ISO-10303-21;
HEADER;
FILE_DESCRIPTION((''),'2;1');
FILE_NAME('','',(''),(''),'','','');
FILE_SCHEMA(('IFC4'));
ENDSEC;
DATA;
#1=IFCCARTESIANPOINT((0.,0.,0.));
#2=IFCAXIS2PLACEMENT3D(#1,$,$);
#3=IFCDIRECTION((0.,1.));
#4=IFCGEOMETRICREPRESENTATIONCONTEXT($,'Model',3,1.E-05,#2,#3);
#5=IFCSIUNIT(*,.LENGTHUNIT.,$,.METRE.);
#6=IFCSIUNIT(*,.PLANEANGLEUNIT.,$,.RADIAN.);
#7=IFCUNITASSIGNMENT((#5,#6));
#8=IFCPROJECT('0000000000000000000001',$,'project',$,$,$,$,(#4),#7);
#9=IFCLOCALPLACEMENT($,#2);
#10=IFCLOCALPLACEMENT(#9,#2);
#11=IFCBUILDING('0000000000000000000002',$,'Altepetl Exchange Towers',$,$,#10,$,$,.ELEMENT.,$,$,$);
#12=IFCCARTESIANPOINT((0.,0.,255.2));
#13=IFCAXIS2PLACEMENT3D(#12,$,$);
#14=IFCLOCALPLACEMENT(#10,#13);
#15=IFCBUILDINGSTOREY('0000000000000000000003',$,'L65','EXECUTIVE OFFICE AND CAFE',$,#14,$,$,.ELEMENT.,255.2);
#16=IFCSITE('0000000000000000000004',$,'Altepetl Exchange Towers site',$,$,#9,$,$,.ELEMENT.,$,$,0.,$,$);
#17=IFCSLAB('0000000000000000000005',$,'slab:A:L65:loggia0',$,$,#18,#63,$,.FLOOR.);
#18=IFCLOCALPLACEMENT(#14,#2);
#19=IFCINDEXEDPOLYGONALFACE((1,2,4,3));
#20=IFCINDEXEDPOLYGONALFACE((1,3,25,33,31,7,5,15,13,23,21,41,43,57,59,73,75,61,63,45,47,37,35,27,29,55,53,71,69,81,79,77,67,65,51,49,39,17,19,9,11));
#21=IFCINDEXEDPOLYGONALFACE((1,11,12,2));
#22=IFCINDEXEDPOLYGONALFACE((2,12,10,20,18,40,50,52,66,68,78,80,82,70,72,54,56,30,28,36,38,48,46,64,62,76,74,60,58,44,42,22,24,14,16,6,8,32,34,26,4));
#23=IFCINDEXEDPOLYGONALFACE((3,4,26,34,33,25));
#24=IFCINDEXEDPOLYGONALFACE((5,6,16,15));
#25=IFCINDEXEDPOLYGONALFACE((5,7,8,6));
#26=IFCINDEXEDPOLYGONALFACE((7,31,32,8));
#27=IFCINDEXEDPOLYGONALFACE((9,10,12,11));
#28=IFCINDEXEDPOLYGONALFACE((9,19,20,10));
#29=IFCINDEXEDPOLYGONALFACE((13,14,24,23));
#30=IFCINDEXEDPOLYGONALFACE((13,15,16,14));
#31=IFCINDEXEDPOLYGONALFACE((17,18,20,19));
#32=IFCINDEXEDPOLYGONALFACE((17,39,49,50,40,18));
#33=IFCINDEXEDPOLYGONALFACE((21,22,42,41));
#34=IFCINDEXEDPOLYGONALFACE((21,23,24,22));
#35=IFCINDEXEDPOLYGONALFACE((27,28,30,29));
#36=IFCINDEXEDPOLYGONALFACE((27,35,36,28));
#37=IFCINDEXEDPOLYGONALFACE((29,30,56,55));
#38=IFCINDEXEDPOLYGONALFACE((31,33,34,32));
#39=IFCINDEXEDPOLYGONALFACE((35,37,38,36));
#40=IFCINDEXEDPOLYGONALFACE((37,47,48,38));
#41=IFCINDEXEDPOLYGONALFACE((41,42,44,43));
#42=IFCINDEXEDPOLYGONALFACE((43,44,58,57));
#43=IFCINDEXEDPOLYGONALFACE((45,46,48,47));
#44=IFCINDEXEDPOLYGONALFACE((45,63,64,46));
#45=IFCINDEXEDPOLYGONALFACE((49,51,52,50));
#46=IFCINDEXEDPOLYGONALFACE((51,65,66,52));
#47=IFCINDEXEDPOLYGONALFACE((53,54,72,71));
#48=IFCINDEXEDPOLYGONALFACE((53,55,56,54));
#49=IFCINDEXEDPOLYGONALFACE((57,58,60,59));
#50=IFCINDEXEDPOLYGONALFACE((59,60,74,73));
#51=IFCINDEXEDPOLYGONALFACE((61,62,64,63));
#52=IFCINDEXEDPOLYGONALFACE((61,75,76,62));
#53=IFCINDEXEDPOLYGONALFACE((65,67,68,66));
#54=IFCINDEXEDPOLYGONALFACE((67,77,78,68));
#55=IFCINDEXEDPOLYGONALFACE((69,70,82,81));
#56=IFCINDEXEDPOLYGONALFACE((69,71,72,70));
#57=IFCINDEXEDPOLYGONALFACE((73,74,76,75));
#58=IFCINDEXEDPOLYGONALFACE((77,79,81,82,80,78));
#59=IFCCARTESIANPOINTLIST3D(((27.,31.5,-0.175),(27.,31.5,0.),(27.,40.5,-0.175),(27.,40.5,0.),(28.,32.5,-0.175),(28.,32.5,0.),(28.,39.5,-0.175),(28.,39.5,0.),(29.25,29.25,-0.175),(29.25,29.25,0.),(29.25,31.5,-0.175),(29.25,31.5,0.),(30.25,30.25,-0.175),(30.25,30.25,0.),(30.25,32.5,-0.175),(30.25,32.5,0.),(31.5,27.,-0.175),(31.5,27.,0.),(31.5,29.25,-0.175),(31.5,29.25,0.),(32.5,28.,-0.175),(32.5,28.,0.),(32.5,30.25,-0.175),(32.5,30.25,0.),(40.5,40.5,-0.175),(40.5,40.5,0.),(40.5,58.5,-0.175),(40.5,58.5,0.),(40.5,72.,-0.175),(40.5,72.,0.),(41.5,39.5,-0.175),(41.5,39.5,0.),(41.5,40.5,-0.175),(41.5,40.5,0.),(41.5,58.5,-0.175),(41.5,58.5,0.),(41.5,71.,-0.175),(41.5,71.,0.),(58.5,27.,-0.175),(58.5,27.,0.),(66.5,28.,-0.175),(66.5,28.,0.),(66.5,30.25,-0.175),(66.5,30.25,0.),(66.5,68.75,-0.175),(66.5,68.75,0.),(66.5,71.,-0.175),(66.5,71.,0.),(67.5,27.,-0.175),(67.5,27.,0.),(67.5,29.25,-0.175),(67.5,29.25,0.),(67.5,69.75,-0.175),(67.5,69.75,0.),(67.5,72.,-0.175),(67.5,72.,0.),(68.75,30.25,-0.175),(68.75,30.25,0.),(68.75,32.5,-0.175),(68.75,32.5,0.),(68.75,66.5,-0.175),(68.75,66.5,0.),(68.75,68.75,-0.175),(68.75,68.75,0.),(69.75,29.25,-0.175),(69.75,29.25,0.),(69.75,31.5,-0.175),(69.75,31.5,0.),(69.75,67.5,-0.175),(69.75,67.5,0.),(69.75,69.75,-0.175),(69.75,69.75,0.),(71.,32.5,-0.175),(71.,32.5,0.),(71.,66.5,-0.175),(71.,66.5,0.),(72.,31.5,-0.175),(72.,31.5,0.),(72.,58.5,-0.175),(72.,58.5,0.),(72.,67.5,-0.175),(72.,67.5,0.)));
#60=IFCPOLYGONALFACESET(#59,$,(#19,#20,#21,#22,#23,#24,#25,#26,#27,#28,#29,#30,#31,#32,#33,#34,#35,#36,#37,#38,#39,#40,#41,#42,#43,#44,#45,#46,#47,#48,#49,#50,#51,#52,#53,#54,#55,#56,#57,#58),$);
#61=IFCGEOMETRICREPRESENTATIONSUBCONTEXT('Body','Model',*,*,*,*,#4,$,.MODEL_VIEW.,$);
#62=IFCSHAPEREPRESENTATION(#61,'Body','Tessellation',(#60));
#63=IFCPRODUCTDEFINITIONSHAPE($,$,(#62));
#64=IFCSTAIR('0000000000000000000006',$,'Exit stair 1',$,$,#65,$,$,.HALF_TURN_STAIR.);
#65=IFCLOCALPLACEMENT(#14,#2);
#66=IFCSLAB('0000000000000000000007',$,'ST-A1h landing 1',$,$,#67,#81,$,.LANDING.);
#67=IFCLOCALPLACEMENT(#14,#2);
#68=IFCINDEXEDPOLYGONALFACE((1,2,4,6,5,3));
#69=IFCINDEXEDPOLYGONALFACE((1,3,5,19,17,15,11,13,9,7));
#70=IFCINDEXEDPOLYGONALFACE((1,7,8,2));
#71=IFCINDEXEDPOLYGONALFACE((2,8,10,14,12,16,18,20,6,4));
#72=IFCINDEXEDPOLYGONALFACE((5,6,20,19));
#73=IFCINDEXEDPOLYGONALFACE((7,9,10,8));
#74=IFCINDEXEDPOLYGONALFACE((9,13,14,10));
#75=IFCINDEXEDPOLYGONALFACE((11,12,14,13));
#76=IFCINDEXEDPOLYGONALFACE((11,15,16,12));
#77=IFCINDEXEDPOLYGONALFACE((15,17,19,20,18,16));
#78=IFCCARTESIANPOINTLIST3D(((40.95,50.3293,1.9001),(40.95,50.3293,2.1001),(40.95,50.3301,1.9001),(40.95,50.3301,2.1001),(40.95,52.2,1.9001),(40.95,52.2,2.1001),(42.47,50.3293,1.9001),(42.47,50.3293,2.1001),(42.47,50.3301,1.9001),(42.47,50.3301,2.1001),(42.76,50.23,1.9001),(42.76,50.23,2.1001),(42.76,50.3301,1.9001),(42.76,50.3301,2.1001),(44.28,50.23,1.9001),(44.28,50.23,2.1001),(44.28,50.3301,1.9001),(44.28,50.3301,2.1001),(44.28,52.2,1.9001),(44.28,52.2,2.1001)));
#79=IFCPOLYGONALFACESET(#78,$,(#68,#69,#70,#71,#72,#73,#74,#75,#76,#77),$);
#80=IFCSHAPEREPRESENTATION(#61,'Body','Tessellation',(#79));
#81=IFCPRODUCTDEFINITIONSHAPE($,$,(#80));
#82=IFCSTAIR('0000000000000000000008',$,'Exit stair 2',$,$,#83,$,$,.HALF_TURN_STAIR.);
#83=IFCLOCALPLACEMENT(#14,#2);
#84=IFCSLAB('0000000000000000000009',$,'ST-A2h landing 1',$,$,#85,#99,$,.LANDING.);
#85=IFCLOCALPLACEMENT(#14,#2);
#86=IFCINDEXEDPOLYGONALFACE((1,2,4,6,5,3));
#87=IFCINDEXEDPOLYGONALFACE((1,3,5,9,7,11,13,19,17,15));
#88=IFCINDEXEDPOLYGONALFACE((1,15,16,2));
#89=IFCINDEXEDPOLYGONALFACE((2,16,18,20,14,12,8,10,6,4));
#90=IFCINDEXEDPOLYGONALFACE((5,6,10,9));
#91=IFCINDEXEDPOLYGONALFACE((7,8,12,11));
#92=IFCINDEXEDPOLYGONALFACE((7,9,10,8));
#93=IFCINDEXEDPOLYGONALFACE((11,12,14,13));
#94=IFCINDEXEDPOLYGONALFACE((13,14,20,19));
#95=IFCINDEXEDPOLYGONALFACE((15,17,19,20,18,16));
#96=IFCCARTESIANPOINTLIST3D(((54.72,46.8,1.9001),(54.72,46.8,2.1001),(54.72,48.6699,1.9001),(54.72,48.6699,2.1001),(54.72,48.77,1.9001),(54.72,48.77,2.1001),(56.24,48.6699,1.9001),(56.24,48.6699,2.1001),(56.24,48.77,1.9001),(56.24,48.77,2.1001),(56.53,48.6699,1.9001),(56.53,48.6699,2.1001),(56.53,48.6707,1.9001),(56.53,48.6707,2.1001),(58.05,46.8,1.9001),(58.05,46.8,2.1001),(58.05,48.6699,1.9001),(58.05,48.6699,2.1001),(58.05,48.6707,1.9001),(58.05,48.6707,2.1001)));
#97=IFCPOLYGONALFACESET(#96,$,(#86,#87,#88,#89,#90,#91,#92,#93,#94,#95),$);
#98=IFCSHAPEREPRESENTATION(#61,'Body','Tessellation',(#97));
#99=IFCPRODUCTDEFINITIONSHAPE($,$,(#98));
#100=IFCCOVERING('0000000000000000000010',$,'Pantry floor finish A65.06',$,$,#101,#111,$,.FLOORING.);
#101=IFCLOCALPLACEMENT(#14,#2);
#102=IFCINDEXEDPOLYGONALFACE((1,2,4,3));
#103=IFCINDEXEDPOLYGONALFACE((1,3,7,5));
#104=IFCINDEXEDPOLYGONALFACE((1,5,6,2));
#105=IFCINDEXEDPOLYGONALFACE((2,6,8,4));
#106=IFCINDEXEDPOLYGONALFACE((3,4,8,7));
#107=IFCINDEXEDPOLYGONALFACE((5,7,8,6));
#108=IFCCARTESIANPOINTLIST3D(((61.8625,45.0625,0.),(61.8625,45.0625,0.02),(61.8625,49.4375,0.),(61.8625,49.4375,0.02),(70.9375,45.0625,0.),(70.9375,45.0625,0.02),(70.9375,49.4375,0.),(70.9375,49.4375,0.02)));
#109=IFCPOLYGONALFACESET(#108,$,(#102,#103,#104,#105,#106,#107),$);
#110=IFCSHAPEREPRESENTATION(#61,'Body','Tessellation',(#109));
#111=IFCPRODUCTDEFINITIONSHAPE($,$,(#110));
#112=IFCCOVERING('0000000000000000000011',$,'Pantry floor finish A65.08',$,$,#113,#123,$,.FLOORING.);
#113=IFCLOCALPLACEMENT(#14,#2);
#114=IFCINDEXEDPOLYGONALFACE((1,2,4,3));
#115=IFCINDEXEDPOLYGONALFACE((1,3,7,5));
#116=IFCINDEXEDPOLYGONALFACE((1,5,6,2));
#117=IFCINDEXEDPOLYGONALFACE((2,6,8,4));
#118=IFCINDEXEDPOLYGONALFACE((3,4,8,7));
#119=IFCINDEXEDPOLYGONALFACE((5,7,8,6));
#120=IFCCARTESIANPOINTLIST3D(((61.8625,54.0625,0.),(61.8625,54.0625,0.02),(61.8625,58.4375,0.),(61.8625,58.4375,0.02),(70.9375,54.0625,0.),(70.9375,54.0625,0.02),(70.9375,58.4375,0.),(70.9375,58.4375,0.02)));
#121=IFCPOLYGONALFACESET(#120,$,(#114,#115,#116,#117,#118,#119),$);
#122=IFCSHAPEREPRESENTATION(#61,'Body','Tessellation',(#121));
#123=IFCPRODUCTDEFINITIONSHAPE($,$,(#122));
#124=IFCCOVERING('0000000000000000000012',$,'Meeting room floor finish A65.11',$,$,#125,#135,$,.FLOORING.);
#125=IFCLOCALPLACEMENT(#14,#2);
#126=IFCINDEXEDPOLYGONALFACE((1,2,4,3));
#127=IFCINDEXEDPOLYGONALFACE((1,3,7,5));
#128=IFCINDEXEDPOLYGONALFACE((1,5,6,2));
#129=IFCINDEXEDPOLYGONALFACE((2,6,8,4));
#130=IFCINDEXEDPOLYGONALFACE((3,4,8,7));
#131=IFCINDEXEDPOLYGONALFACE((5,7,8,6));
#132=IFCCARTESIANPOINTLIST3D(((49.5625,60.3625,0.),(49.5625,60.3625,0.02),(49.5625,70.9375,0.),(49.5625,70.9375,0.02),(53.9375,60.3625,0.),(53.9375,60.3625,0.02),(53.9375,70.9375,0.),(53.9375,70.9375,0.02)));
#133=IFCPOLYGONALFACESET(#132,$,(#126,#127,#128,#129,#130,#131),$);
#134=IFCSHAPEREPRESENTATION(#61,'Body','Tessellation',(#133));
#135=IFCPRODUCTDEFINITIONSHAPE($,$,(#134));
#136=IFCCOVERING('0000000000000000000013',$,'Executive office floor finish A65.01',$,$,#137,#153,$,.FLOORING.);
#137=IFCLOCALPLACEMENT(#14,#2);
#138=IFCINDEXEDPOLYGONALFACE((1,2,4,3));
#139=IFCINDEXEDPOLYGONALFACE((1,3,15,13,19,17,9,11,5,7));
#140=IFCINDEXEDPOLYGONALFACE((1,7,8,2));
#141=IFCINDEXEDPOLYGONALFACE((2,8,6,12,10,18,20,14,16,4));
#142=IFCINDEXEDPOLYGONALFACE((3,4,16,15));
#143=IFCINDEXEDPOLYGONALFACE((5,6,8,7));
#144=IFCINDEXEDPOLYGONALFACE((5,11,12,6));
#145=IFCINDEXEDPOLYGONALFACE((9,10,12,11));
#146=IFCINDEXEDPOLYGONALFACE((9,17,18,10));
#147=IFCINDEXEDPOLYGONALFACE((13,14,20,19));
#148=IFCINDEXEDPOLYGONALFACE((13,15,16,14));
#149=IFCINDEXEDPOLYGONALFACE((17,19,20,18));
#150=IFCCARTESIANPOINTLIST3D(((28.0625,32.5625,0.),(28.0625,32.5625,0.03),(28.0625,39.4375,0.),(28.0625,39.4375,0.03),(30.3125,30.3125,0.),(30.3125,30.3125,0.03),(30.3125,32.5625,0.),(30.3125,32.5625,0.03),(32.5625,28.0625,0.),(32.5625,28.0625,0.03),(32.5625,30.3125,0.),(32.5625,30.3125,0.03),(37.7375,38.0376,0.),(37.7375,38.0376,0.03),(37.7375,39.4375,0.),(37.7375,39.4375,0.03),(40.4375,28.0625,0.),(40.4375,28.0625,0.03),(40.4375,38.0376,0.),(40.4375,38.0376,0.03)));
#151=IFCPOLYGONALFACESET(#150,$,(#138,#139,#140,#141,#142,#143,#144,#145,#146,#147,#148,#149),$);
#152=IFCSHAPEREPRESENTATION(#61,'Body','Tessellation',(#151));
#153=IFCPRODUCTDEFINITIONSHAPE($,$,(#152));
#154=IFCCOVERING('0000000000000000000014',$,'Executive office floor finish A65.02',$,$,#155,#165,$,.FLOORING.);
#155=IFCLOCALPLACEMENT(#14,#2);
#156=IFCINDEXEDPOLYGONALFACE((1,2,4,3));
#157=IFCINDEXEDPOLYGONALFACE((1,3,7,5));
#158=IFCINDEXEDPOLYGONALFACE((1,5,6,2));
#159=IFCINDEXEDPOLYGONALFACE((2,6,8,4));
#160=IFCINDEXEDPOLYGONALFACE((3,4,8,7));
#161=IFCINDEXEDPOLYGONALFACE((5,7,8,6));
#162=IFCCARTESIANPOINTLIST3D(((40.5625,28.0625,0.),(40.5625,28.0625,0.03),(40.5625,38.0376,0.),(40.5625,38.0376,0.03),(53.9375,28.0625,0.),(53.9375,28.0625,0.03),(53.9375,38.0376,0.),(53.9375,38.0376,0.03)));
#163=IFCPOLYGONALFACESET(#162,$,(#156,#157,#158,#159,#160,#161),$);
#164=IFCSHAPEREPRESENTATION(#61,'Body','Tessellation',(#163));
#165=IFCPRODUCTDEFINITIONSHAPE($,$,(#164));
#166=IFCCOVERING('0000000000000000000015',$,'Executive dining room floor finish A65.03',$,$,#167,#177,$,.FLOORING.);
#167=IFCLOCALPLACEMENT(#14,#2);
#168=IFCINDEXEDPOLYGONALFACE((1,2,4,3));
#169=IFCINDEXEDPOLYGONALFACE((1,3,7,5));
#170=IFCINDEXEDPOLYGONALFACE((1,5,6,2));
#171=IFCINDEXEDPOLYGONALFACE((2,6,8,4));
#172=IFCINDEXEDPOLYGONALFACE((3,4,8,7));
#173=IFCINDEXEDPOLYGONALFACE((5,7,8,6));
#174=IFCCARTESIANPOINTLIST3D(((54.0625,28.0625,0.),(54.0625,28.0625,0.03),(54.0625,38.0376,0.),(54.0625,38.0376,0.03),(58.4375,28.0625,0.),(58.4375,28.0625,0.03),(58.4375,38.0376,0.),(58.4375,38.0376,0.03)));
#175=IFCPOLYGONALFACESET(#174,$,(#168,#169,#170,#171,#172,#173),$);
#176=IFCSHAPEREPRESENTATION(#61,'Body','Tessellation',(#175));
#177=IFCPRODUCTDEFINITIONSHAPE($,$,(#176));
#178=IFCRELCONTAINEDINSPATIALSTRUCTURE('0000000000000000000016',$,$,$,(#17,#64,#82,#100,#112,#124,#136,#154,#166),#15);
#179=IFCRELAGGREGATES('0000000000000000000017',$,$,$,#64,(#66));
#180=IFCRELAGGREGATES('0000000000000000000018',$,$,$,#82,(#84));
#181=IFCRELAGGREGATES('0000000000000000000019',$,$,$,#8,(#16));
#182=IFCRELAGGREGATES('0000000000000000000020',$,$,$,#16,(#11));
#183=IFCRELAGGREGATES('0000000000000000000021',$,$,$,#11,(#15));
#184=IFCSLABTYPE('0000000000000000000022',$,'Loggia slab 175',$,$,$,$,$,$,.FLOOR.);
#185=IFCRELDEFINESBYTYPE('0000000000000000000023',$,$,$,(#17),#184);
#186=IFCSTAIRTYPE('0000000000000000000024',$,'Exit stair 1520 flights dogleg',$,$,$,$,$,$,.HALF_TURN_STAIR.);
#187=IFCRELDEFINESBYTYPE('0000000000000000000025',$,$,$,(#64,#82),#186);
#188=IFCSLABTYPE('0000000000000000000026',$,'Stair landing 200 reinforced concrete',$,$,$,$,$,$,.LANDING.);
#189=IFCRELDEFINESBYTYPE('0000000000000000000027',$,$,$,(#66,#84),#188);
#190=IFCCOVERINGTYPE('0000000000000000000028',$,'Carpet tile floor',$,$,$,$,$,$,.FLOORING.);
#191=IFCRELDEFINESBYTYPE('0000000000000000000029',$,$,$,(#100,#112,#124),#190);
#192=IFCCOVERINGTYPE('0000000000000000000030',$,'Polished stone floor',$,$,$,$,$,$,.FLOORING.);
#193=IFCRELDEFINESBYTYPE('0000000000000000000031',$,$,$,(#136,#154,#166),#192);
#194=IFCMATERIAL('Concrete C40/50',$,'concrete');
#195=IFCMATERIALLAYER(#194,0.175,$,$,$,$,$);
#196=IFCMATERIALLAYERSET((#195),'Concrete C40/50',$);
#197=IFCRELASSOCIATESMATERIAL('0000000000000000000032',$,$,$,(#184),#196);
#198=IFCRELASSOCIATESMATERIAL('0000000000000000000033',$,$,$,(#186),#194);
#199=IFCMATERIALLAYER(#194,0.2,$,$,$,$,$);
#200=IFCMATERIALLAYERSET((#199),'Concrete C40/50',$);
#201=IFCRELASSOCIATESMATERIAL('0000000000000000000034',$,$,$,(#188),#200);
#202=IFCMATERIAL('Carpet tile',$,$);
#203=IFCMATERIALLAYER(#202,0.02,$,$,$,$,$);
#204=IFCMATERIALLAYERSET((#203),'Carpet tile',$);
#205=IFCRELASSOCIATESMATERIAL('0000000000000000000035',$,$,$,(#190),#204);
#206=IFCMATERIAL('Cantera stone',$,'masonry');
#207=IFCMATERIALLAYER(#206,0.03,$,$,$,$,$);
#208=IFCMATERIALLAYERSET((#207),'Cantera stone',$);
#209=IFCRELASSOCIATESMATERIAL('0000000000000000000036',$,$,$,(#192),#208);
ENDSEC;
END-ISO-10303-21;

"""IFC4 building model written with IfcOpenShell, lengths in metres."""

from ifc_helpers import new_model, si_unit, direction, frame, origin, place, context, subcontext, project, spatial, polyline, outline, extrude, material, layer, layer_set, type_object, element, aggregate, save


model = new_model("IFC4")

# Units and contexts
model_context = context("Model", 3, precision=1e-05, world=origin(), true_north=direction((0.0, 1.0)))
body_context = subcontext(model_context, "Body", "Model", "MODEL_VIEW")
ifc_project = project(units=[si_unit("LENGTHUNIT", "METRE"), si_unit("PLANEANGLEUNIT", "RADIAN")], contexts=[model_context])

# Site, building, storey
site_placement = place(None, origin())
site = spatial("IfcSite", under=ifc_project, at=site_placement, Name="Altepetl Exchange Towers site", CompositionType="ELEMENT", RefElevation=0.0)
building_placement = place(site_placement, origin())
building = spatial("IfcBuilding", under=site, at=building_placement, Name="Altepetl Exchange Towers", CompositionType="ELEMENT")
storey_placement = place(building_placement, frame((0.0, 0.0, 255.2)))
storey = spatial("IfcBuildingStorey", under=building, at=storey_placement, Name="L65", Description="EXECUTIVE OFFICE AND CAFE", CompositionType="ELEMENT", Elevation=255.2)

# Shared definitions
ifc_material_1 = material(Name="Concrete C40/50", Category="concrete")

# Slab
ifc_layer_1 = layer(ifc_material_1, 0.175)
ifc_layer_set_1 = layer_set([ifc_layer_1], Name="Concrete C40/50")
slab_type_1 = type_object("IfcSlabType", Name="Loggia slab 175", PredefinedType="FLOOR", material=ifc_layer_set_1)
slab_1_placement = place(storey_placement, frame((0.0, 0.0, -0.175)))
element("IfcSlab", 1, at=slab_1_placement, inside=storey, type_object=slab_type_1, Name="slab:A:L65:loggia0", PredefinedType="FLOOR", context=body_context, shape_type="SweptSolid", body=[
    extrude(outline(polyline([(40.5, 72.0), (40.5, 58.5), (41.5, 58.5), (41.5, 71.0), (66.5, 71.0), (66.5, 68.75), (68.75, 68.75), (68.75, 66.5), (71.0, 66.5), (71.0, 32.5), (68.75, 32.5), (68.75, 30.25), (66.5, 30.25), (66.5, 28.0), (32.5, 28.0), (32.5, 30.25), (30.25, 30.25), (30.25, 32.5), (28.0, 32.5), (28.0, 39.5), (41.5, 39.5), (41.5, 40.5), (40.5, 40.5), (27.0, 40.5), (27.0, 31.5), (29.25, 31.5), (29.25, 29.25), (31.5, 29.25), (31.5, 27.0), (58.5, 27.0), (67.5, 27.0), (67.5, 29.25), (69.75, 29.25), (69.75, 31.5), (72.0, 31.5), (72.0, 58.5), (72.0, 67.5), (69.75, 67.5), (69.75, 69.75), (67.5, 69.75), (67.5, 72.0), (40.5, 72.0)])), origin(), (0.0, 0.0, 1.0), 0.175),
])

# Stairs, slabs
stair_type = type_object("IfcStairType", Name="Exit stair 1520 flights dogleg", PredefinedType="HALF_TURN_STAIR", material=ifc_material_1)
stair_1_placement = place(storey_placement, origin())
stair_1 = element("IfcStair", 2, at=stair_1_placement, inside=storey, type_object=stair_type, Name="Exit stair 1", PredefinedType="HALF_TURN_STAIR")
ifc_layer_2 = layer(ifc_material_1, 0.2)
ifc_layer_set_2 = layer_set([ifc_layer_2], Name="Concrete C40/50")
slab_type_2 = type_object("IfcSlabType", Name="Stair landing 200 reinforced concrete", PredefinedType="LANDING", material=ifc_layer_set_2)
slab_2_placement = place(storey_placement, frame((0.0, 0.0, 1.9001)))
slab_2 = element("IfcSlab", 3, at=slab_2_placement, type_object=slab_type_2, Name="ST-A1h landing 1", PredefinedType="LANDING", context=body_context, shape_type="SweptSolid", body=[
    extrude(outline(polyline([(44.28, 50.23), (42.76, 50.23), (42.76, 50.3301), (42.47, 50.3301), (42.47, 50.3293), (40.95, 50.3293), (40.95, 50.3301), (40.95, 52.2), (44.28, 52.2), (44.28, 50.3301), (44.28, 50.23)])), origin(), (0.0, 0.0, 1.0), 0.2),
])
aggregate(stair_1, [slab_2])
stair_2_placement = place(storey_placement, origin())
stair_2 = element("IfcStair", 4, at=stair_2_placement, inside=storey, type_object=stair_type, Name="Exit stair 2", PredefinedType="HALF_TURN_STAIR")
slab_3_placement = place(storey_placement, frame((0.0, 0.0, 1.9001)))
slab_3 = element("IfcSlab", 5, at=slab_3_placement, type_object=slab_type_2, Name="ST-A2h landing 1", PredefinedType="LANDING", context=body_context, shape_type="SweptSolid", body=[
    extrude(outline(polyline([(58.05, 46.8), (54.72, 46.8), (54.72, 48.6699), (54.72, 48.77), (56.24, 48.77), (56.24, 48.6699), (56.53, 48.6699), (56.53, 48.6707), (58.05, 48.6707), (58.05, 48.6699), (58.05, 46.8)])), origin(), (0.0, 0.0, 1.0), 0.2),
])
aggregate(stair_2, [slab_3])

# Coverings
ifc_material_2 = material(Name="Carpet tile")
ifc_layer_3 = layer(ifc_material_2, 0.02)
ifc_layer_set_3 = layer_set([ifc_layer_3], Name="Carpet tile")
covering_type_1 = type_object("IfcCoveringType", Name="Carpet tile floor", PredefinedType="FLOORING", material=ifc_layer_set_3)
covering_1_placement = place(storey_placement, origin())
element("IfcCovering", 6, at=covering_1_placement, inside=storey, type_object=covering_type_1, Name="Pantry floor finish A65.06", PredefinedType="FLOORING", context=body_context, shape_type="SweptSolid", body=[
    extrude(outline(polyline([(70.9375, 49.4375), (61.8625, 49.4375), (61.8625, 45.0625), (70.9375, 45.0625), (70.9375, 49.4375)])), origin(), (0.0, 0.0, 1.0), 0.02),
])
covering_2_placement = place(storey_placement, origin())
element("IfcCovering", 7, at=covering_2_placement, inside=storey, type_object=covering_type_1, Name="Pantry floor finish A65.08", PredefinedType="FLOORING", context=body_context, shape_type="SweptSolid", body=[
    extrude(outline(polyline([(70.9375, 58.4375), (61.8625, 58.4375), (61.8625, 54.0625), (70.9375, 54.0625), (70.9375, 58.4375)])), origin(), (0.0, 0.0, 1.0), 0.02),
])
covering_3_placement = place(storey_placement, origin())
element("IfcCovering", 8, at=covering_3_placement, inside=storey, type_object=covering_type_1, Name="Meeting room floor finish A65.11", PredefinedType="FLOORING", context=body_context, shape_type="SweptSolid", body=[
    extrude(outline(polyline([(53.9375, 60.3625), (53.9375, 70.9375), (49.5625, 70.9375), (49.5625, 60.3625), (53.9375, 60.3625)])), origin(), (0.0, 0.0, 1.0), 0.02),
])
ifc_material_3 = material(Name="Cantera stone", Category="masonry")
ifc_layer_4 = layer(ifc_material_3, 0.03)
ifc_layer_set_4 = layer_set([ifc_layer_4], Name="Cantera stone")
covering_type_2 = type_object("IfcCoveringType", Name="Polished stone floor", PredefinedType="FLOORING", material=ifc_layer_set_4)
covering_4_placement = place(storey_placement, origin())
element("IfcCovering", 9, at=covering_4_placement, inside=storey, type_object=covering_type_2, Name="Executive office floor finish A65.01", PredefinedType="FLOORING", context=body_context, shape_type="SweptSolid", body=[
    extrude(outline(polyline([(40.4375, 28.0625), (40.4375, 38.0376), (37.7375, 38.0376), (37.7375, 39.4375), (28.0625, 39.4375), (28.0625, 32.5625), (30.3125, 32.5625), (30.3125, 30.3125), (32.5625, 30.3125), (32.5625, 28.0625), (40.4375, 28.0625)])), origin(), (0.0, 0.0, 1.0), 0.03),
])
covering_5_placement = place(storey_placement, origin())
element("IfcCovering", 10, at=covering_5_placement, inside=storey, type_object=covering_type_2, Name="Executive office floor finish A65.02", PredefinedType="FLOORING", context=body_context, shape_type="SweptSolid", body=[
    extrude(outline(polyline([(53.9375, 28.0625), (53.9375, 38.0376), (40.5625, 38.0376), (40.5625, 28.0625), (53.9375, 28.0625)])), origin(), (0.0, 0.0, 1.0), 0.03),
])
covering_6_placement = place(storey_placement, origin())
element("IfcCovering", 11, at=covering_6_placement, inside=storey, type_object=covering_type_2, Name="Executive dining room floor finish A65.03", PredefinedType="FLOORING", context=body_context, shape_type="SweptSolid", body=[
    extrude(outline(polyline([(58.4375, 28.0625), (58.4375, 38.0376), (54.0625, 38.0376), (54.0625, 28.0625), (58.4375, 28.0625)])), origin(), (0.0, 0.0, 1.0), 0.03),
])

save(model, "model.ifc")
